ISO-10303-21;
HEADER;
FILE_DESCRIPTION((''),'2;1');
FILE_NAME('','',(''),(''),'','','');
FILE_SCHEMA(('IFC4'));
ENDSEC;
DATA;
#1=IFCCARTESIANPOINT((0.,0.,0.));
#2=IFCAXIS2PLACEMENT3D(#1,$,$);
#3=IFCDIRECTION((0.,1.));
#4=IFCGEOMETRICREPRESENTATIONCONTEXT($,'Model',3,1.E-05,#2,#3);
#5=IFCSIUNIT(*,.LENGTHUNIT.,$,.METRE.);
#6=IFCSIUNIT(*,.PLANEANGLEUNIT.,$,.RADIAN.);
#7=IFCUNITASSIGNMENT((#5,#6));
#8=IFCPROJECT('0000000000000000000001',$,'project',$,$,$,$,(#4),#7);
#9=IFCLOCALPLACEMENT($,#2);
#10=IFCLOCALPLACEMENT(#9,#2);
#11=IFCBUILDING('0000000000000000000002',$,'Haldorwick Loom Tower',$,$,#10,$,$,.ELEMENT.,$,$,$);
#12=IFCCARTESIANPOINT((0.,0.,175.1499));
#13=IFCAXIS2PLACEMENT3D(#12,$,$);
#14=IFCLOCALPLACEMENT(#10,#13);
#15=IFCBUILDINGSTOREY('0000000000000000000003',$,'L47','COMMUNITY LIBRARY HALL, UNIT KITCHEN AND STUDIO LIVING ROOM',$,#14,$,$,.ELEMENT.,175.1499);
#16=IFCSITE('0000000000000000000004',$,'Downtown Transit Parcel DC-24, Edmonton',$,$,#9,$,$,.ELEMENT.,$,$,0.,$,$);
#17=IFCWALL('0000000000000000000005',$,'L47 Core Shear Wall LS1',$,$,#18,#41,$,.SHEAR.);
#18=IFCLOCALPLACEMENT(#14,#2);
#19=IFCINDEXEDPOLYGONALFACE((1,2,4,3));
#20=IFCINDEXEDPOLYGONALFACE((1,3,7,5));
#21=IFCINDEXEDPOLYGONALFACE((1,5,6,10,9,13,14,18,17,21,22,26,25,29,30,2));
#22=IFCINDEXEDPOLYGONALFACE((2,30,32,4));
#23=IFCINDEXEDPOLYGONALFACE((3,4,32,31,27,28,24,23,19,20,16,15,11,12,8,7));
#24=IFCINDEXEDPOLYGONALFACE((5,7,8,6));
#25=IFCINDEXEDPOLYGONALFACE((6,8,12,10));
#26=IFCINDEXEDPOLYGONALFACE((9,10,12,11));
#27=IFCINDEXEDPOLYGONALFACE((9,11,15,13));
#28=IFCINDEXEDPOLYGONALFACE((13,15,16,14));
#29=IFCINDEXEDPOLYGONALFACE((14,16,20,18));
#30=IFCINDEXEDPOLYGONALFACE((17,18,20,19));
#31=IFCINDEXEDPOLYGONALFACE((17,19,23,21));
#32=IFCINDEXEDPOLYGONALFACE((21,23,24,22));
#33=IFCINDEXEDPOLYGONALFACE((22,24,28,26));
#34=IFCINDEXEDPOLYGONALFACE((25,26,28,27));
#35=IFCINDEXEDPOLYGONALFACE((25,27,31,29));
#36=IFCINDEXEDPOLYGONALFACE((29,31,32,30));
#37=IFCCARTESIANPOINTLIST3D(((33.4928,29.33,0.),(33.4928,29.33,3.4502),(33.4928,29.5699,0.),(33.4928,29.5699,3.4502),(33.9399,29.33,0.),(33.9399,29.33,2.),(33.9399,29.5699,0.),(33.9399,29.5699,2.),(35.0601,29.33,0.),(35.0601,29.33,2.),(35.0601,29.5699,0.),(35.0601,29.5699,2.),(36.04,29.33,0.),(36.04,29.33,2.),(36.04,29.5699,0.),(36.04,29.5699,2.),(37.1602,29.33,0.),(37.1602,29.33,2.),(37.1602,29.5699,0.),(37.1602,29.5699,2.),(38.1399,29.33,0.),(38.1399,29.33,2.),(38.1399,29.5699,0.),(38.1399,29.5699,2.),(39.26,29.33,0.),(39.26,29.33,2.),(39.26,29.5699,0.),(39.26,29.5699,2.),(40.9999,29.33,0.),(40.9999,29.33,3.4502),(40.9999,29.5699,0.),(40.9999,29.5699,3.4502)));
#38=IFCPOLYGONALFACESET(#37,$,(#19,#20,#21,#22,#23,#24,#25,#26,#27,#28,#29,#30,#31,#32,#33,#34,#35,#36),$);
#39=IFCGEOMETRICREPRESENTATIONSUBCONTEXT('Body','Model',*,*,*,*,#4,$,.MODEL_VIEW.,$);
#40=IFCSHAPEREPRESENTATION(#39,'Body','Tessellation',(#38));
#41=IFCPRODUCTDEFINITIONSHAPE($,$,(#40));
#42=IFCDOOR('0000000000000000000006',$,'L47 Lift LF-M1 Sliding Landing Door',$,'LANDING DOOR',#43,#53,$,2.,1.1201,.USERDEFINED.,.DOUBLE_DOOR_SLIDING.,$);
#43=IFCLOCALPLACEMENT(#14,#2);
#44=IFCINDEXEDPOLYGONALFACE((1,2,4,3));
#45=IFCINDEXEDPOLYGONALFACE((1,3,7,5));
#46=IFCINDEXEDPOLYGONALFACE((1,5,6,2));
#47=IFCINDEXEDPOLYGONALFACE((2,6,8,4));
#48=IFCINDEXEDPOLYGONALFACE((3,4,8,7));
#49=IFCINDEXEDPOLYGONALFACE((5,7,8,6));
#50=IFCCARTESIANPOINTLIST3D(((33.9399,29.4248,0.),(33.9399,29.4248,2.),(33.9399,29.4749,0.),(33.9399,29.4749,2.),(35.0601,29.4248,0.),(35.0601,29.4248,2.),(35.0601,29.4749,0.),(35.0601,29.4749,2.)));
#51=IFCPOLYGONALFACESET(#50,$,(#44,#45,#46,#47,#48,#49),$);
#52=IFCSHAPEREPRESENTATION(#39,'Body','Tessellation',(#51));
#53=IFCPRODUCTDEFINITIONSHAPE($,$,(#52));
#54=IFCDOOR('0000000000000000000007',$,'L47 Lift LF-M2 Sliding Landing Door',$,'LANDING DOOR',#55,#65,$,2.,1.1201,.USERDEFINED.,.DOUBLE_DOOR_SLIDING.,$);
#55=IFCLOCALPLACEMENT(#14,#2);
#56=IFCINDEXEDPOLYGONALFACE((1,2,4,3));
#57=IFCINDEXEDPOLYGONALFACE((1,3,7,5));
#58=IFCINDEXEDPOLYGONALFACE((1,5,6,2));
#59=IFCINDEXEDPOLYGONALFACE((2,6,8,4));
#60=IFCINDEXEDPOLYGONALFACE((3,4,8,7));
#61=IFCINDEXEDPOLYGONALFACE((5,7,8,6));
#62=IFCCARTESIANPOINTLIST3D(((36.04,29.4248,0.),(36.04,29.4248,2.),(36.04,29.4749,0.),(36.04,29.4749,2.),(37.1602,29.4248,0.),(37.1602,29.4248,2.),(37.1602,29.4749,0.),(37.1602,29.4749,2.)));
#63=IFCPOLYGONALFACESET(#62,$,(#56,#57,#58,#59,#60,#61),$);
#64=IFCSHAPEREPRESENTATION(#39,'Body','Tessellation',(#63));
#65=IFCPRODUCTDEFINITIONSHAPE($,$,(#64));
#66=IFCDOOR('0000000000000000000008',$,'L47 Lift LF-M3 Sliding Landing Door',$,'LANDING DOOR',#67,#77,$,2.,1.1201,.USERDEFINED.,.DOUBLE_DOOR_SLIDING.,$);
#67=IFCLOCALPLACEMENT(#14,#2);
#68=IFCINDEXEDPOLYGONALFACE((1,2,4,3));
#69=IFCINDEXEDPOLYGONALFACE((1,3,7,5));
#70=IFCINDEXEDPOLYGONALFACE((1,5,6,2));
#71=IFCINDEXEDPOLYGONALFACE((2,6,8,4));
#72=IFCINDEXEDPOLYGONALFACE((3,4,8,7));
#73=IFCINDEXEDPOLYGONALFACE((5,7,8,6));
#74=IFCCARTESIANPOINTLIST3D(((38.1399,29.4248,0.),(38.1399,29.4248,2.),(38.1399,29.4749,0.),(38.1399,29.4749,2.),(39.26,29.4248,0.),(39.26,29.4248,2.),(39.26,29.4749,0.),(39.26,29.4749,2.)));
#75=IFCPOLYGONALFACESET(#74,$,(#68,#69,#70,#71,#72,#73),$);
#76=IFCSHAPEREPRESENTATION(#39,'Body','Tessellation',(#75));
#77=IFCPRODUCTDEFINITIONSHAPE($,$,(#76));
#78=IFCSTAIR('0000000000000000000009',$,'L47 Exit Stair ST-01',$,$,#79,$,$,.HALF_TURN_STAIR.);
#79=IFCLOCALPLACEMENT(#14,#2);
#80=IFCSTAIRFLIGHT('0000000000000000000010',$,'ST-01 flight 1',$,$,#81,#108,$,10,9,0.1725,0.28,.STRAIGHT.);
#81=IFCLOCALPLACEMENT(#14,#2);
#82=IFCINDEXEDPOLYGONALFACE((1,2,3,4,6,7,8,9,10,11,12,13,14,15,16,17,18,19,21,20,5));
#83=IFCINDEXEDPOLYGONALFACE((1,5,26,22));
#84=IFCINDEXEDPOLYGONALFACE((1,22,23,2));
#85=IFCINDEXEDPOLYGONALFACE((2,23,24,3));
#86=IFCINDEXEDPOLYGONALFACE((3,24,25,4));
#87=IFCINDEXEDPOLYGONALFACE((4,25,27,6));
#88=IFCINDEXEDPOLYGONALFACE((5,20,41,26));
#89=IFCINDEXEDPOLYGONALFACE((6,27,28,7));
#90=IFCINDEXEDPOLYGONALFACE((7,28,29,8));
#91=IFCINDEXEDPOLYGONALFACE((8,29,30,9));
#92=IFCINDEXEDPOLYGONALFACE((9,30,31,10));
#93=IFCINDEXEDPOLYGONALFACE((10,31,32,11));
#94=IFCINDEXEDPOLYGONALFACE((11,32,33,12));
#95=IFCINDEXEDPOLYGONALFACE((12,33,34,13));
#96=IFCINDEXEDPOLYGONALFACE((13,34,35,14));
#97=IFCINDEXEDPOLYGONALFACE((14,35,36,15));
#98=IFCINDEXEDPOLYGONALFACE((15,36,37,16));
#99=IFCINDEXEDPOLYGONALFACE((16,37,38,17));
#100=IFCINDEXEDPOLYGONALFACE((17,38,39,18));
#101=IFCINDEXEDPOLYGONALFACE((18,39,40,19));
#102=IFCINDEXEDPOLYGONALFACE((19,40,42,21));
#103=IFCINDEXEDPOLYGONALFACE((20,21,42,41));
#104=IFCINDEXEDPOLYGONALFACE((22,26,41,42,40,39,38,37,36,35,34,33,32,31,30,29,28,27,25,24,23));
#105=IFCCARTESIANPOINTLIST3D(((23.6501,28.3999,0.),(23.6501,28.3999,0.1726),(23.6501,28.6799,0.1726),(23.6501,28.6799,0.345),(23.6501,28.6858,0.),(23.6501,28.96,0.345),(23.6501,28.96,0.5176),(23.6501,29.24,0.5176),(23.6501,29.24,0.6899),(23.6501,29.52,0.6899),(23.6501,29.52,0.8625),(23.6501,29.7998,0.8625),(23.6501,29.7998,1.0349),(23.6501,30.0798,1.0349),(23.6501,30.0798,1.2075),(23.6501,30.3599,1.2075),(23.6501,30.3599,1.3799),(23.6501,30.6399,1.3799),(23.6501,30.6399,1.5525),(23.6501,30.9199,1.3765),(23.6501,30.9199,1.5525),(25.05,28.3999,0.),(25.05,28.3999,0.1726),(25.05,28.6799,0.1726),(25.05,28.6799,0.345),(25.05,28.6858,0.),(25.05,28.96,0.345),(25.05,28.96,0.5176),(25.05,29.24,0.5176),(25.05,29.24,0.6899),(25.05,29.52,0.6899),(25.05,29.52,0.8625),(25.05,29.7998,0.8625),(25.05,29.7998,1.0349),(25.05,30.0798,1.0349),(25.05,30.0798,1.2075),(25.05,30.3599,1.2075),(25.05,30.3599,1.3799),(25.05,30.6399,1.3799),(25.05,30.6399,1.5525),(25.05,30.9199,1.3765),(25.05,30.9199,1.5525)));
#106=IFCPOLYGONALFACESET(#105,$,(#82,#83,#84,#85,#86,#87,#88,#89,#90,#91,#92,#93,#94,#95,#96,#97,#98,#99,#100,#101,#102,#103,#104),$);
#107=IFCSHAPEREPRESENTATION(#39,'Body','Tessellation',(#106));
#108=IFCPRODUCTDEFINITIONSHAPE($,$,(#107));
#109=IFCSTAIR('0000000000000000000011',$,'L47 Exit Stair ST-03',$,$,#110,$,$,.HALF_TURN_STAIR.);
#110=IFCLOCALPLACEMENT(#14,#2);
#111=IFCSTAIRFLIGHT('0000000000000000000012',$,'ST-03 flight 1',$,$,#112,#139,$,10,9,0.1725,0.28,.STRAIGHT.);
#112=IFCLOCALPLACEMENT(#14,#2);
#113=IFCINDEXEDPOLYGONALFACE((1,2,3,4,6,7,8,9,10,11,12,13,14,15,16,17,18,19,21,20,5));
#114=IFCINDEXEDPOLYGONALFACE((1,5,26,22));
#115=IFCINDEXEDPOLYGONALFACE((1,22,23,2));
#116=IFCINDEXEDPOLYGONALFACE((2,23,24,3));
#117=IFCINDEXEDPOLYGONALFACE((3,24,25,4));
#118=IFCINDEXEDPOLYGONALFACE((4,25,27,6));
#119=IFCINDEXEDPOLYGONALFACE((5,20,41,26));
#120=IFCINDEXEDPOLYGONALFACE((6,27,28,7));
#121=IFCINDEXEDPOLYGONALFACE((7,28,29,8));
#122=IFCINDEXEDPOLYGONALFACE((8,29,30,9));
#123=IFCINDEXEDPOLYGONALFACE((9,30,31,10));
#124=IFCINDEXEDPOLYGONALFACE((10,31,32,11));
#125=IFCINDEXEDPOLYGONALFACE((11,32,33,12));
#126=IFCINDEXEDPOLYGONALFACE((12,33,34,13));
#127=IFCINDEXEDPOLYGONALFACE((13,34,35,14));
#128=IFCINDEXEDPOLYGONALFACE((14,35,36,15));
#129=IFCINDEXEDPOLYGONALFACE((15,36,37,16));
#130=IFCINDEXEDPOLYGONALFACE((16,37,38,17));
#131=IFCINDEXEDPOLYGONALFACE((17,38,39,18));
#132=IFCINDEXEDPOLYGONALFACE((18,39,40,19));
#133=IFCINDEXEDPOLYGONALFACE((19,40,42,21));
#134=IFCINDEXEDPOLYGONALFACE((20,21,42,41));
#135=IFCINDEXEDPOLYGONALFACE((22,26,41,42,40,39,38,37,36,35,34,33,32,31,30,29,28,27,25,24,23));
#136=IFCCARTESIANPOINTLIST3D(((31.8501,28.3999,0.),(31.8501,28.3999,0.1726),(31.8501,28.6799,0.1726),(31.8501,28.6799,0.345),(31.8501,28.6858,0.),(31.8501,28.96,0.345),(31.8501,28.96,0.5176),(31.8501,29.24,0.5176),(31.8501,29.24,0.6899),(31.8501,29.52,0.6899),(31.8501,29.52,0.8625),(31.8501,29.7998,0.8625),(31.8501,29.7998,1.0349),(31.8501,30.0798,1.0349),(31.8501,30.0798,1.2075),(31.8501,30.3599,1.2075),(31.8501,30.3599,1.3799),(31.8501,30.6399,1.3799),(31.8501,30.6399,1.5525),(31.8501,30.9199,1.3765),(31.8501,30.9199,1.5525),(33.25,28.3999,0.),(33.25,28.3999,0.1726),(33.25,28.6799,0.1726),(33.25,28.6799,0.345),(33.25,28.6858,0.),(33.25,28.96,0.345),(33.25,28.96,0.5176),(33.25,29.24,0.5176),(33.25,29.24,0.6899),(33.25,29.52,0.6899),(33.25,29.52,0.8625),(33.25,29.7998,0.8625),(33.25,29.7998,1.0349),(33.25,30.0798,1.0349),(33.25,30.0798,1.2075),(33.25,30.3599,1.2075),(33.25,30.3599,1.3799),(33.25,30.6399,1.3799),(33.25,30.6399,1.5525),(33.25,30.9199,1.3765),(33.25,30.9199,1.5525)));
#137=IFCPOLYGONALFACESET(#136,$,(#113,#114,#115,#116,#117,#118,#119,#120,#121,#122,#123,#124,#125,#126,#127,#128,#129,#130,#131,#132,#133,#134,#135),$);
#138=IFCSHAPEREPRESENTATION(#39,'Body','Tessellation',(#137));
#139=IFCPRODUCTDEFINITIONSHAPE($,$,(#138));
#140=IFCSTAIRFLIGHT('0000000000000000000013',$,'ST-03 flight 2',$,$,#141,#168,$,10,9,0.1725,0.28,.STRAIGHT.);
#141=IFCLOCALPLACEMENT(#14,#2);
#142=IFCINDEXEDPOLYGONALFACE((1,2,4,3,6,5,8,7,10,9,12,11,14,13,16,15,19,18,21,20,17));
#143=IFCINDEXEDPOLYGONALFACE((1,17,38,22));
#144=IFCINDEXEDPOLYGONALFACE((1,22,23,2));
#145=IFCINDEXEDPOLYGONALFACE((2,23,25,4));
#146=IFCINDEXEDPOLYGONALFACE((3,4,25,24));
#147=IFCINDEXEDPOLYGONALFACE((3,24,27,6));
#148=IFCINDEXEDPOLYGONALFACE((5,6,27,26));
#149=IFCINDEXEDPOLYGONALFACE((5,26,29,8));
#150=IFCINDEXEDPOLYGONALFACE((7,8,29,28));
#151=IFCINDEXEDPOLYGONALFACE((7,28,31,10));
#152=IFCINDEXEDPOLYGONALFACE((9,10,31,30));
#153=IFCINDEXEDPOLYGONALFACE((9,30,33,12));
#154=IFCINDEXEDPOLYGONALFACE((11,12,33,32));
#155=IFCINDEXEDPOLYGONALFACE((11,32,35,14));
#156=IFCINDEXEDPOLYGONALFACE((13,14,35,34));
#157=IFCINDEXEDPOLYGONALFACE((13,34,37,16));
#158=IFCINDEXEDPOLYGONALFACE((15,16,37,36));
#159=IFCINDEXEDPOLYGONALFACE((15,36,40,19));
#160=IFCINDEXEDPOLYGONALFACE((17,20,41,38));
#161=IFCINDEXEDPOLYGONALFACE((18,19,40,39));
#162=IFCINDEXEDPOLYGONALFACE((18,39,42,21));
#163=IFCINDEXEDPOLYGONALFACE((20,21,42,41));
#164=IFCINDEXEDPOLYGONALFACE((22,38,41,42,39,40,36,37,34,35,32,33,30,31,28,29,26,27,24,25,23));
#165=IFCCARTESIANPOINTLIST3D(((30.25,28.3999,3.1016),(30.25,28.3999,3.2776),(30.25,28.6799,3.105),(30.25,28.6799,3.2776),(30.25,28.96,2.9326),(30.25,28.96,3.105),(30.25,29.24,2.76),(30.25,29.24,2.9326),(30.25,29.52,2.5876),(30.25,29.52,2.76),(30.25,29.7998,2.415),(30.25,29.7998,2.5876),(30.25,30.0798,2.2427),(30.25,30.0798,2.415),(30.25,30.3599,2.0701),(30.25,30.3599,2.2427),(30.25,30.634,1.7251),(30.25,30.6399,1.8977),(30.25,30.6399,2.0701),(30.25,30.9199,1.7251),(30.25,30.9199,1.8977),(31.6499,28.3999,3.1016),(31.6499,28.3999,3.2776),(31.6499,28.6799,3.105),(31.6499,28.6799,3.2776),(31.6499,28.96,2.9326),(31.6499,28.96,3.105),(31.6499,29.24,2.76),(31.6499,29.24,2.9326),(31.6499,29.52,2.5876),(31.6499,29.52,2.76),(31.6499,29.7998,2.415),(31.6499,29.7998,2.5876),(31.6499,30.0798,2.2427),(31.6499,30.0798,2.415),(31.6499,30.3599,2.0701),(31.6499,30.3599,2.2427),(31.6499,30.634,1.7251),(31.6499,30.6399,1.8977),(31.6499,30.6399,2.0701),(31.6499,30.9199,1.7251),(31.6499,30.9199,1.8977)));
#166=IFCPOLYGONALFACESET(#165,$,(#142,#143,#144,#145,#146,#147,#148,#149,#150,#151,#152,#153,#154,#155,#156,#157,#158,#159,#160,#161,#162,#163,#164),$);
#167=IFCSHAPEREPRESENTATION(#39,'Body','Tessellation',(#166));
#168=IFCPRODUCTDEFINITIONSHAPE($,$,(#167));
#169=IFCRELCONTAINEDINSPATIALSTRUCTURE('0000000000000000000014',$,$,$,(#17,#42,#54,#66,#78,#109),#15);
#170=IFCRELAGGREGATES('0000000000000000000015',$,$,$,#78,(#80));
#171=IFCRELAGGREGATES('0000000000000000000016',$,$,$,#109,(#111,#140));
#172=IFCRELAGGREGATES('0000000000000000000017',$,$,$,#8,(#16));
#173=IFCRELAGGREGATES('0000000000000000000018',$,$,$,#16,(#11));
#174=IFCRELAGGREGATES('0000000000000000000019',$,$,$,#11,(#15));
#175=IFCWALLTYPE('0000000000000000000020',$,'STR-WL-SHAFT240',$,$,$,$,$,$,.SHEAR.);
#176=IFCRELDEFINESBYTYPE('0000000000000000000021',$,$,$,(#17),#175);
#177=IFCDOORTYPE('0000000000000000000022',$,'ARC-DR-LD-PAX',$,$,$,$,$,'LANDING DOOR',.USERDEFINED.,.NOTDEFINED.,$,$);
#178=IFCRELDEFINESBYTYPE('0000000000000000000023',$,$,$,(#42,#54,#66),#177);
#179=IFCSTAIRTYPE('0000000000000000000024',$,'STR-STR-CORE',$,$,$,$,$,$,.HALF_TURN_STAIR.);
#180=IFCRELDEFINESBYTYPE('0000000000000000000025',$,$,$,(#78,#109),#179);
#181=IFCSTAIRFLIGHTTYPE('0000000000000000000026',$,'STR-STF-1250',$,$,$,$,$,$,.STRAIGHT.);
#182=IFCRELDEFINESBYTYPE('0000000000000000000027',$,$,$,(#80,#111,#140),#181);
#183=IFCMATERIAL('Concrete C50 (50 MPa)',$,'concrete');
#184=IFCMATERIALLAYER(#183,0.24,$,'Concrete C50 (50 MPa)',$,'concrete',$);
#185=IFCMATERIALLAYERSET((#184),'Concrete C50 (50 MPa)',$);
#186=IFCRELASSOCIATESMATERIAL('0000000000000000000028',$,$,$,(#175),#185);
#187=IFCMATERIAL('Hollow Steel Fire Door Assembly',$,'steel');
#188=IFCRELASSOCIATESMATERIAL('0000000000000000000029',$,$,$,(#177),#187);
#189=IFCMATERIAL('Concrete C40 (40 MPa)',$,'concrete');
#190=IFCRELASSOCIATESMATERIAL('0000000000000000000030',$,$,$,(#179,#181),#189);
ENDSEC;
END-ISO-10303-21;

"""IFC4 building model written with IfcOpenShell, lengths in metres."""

from ifc_helpers import new_model, si_unit, direction, frame, frame_2d, origin, place, context, subcontext, project, spatial, polyline, rectangle, outline, extrude, material, layer, layer_set, type_object, element, fill, aggregate, save


model = new_model("IFC4")

# Units and contexts
model_context = context("Model", 3, precision=1e-05, world=origin(), true_north=direction((0.0, 1.0)))
body_context = subcontext(model_context, "Body", "Model", "MODEL_VIEW")
ifc_project = project(units=[si_unit("LENGTHUNIT", "METRE"), si_unit("PLANEANGLEUNIT", "RADIAN")], contexts=[model_context])

# Site, building, storey
site_placement = place(None, origin())
site = spatial("IfcSite", under=ifc_project, at=site_placement, Name="Downtown Transit Parcel DC-24, Edmonton", CompositionType="ELEMENT", RefElevation=0.0)
building_placement = place(site_placement, origin())
building = spatial("IfcBuilding", under=site, at=building_placement, Name="Haldorwick Loom Tower", CompositionType="ELEMENT")
storey_placement = place(building_placement, frame((0.0, 0.0, 175.1499)))
storey = spatial("IfcBuildingStorey", under=building, at=storey_placement, Name="L47", Description="COMMUNITY LIBRARY HALL, UNIT KITCHEN AND STUDIO LIVING ROOM", CompositionType="ELEMENT", Elevation=175.1499)

# Shared definitions
ifc_material_1 = material(Name="Concrete C50 (50 MPa)", Category="concrete")
ifc_layer_1 = layer(ifc_material_1, 0.24, Name="Concrete C50 (50 MPa)", Category="concrete")
ifc_layer_set_1 = layer_set([ifc_layer_1], Name="Concrete C50 (50 MPa)")
wall_type_1 = type_object("IfcWallType", Name="STR-WL-SHAFT240", PredefinedType="SHEAR", material=ifc_layer_set_1)

# Shared definitions
ifc_material_2 = material(Name="Hollow Steel Fire Door Assembly", Category="steel")

# Wall, openings, doors
wall_1_placement = place(storey_placement, frame((33.4929, 29.45, 0.0), z_axis=(0.0, 0.0, 1.0), x_axis=(1.0, 0.0, 0.0)))
wall_1 = element("IfcWall", 1, at=wall_1_placement, inside=storey, type_object=wall_type_1, Name="L47 Core Shear Wall LS1", PredefinedType="SHEAR", context=body_context, shape_type="SweptSolid", body=[
    extrude(rectangle(XDim=7.5071, YDim=0.24, at=frame_2d((3.7534, 0.0))), origin(), (0.0, 0.0, 1.0), 3.4502),
])
opening_1_placement = place(wall_1_placement, frame((0.447, 0.0, 0.0)))
opening_1 = element("IfcOpeningElement", 2, at=opening_1_placement, cuts=wall_1, PredefinedType="OPENING", context=body_context, shape_type="SweptSolid", body=[
    extrude(rectangle(XDim=1.1201, YDim=2.0, at=frame_2d((0.5601, 1.0))), frame((0.0, 0.1299, 0.0), z_axis=(0.0, -1.0, 0.0), x_axis=(1.0, 0.0, 0.0)), (0.0, 0.0, 1.0), 0.26),
])
opening_2_placement = place(wall_1_placement, frame((2.5471, 0.0, 0.0)))
opening_2 = element("IfcOpeningElement", 3, at=opening_2_placement, cuts=wall_1, PredefinedType="OPENING", context=body_context, shape_type="SweptSolid", body=[
    extrude(rectangle(XDim=1.1201, YDim=2.0, at=frame_2d((0.5601, 1.0))), frame((0.0, 0.1299, 0.0), z_axis=(0.0, -1.0, 0.0), x_axis=(1.0, 0.0, 0.0)), (0.0, 0.0, 1.0), 0.26),
])
opening_3_placement = place(wall_1_placement, frame((4.647, 0.0, 0.0)))
opening_3 = element("IfcOpeningElement", 4, at=opening_3_placement, cuts=wall_1, PredefinedType="OPENING", context=body_context, shape_type="SweptSolid", body=[
    extrude(rectangle(XDim=1.1201, YDim=2.0, at=frame_2d((0.5601, 1.0))), frame((0.0, 0.1299, 0.0), z_axis=(0.0, -1.0, 0.0), x_axis=(1.0, 0.0, 0.0)), (0.0, 0.0, 1.0), 0.26),
])
door_type_1 = type_object("IfcDoorType", Name="ARC-DR-LD-PAX", ElementType="LANDING DOOR", OperationType="NOTDEFINED", PredefinedType="USERDEFINED", material=ifc_material_2)
door_1_placement = place(opening_1_placement, origin())
door_1 = element("IfcDoor", 5, at=door_1_placement, inside=storey, type_object=door_type_1, Name="L47 Lift LF-M1 Sliding Landing Door", ObjectType="LANDING DOOR", OperationType="DOUBLE_DOOR_SLIDING", OverallHeight=2.0, OverallWidth=1.1201, PredefinedType="USERDEFINED", context=body_context, shape_type="SweptSolid", body=[
    extrude(rectangle(XDim=1.1201, YDim=2.0, at=frame_2d((0.5601, 1.0))), frame((0.0, 0.0249, 0.0), z_axis=(0.0, -1.0, 0.0), x_axis=(1.0, 0.0, 0.0)), (0.0, 0.0, 1.0), 0.05),
])
fill(opening_1, door_1)
door_2_placement = place(opening_2_placement, origin())
door_2 = element("IfcDoor", 6, at=door_2_placement, inside=storey, type_object=door_type_1, Name="L47 Lift LF-M2 Sliding Landing Door", ObjectType="LANDING DOOR", OperationType="DOUBLE_DOOR_SLIDING", OverallHeight=2.0, OverallWidth=1.1201, PredefinedType="USERDEFINED", context=body_context, shape_type="SweptSolid", body=[
    extrude(rectangle(XDim=1.1201, YDim=2.0, at=frame_2d((0.5601, 1.0))), frame((0.0, 0.0249, 0.0), z_axis=(0.0, -1.0, 0.0), x_axis=(1.0, 0.0, 0.0)), (0.0, 0.0, 1.0), 0.05),
])
fill(opening_2, door_2)
door_3_placement = place(opening_3_placement, origin())
door_3 = element("IfcDoor", 7, at=door_3_placement, inside=storey, type_object=door_type_1, Name="L47 Lift LF-M3 Sliding Landing Door", ObjectType="LANDING DOOR", OperationType="DOUBLE_DOOR_SLIDING", OverallHeight=2.0, OverallWidth=1.1201, PredefinedType="USERDEFINED", context=body_context, shape_type="SweptSolid", body=[
    extrude(rectangle(XDim=1.1201, YDim=2.0, at=frame_2d((0.5601, 1.0))), frame((0.0, 0.0249, 0.0), z_axis=(0.0, -1.0, 0.0), x_axis=(1.0, 0.0, 0.0)), (0.0, 0.0, 1.0), 0.05),
])
fill(opening_3, door_3)

# Stair, stair flight
ifc_material_3 = material(Name="Concrete C40 (40 MPa)", Category="concrete")
stair_type = type_object("IfcStairType", Name="STR-STR-CORE", PredefinedType="HALF_TURN_STAIR", material=ifc_material_3)
stair_1_placement = place(storey_placement, origin())
stair_1 = element("IfcStair", 8, at=stair_1_placement, inside=storey, type_object=stair_type, Name="L47 Exit Stair ST-01", PredefinedType="HALF_TURN_STAIR")
stair_flight_type = type_object("IfcStairFlightType", Name="STR-STF-1250", PredefinedType="STRAIGHT", material=ifc_material_3)
stair_flight_1_placement = place(storey_placement, frame((24.3501, 28.3999, 0.0), z_axis=(0.0, 0.0, 1.0), x_axis=(0.0, 1.0, 0.0)))
stair_flight_1 = element("IfcStairFlight", 9, at=stair_flight_1_placement, type_object=stair_flight_type, Name="ST-01 flight 1", NumberOfRisers=10, NumberOfTreads=9, PredefinedType="STRAIGHT", RiserHeight=0.1725, TreadLength=0.28, context=body_context, shape_type="SweptSolid", body=[
    extrude(outline(polyline([(0.0, 0.0), (0.0, 0.1726), (0.28, 0.1726), (0.28, 0.345), (0.5601, 0.345), (0.5601, 0.5176), (0.8401, 0.5176), (0.8401, 0.6899), (1.1201, 0.6899), (1.1201, 0.8625), (1.3999, 0.8625), (1.3999, 1.0349), (1.6799, 1.0349), (1.6799, 1.2075), (1.96, 1.2075), (1.96, 1.3799), (2.24, 1.3799), (2.24, 1.5525), (2.52, 1.5525), (2.52, 1.7251), (2.52, 1.3765), (0.2859, 0.0), (0.0, 0.0)])), frame((0.0, 0.7, 0.0), z_axis=(0.0, -1.0, 0.0), x_axis=(1.0, 0.0, 0.0)), (0.0, 0.0, 1.0), 1.3999),
])
aggregate(stair_1, [stair_flight_1])

# Stair, stair flights
stair_2_placement = place(storey_placement, origin())
stair_2 = element("IfcStair", 10, at=stair_2_placement, inside=storey, type_object=stair_type, Name="L47 Exit Stair ST-03", PredefinedType="HALF_TURN_STAIR")
stair_flight_2_placement = place(storey_placement, frame((32.55, 28.3999, 0.0), z_axis=(0.0, 0.0, 1.0), x_axis=(0.0, 1.0, 0.0)))
stair_flight_2 = element("IfcStairFlight", 11, at=stair_flight_2_placement, type_object=stair_flight_type, Name="ST-03 flight 1", NumberOfRisers=10, NumberOfTreads=9, PredefinedType="STRAIGHT", RiserHeight=0.1725, TreadLength=0.28, context=body_context, shape_type="SweptSolid", body=[
    extrude(outline(polyline([(0.0, 0.0), (0.0, 0.1726), (0.28, 0.1726), (0.28, 0.345), (0.5601, 0.345), (0.5601, 0.5176), (0.8401, 0.5176), (0.8401, 0.6899), (1.1201, 0.6899), (1.1201, 0.8625), (1.3999, 0.8625), (1.3999, 1.0349), (1.6799, 1.0349), (1.6799, 1.2075), (1.96, 1.2075), (1.96, 1.3799), (2.24, 1.3799), (2.24, 1.5525), (2.52, 1.5525), (2.52, 1.7251), (2.52, 1.3765), (0.2859, 0.0), (0.0, 0.0)])), frame((0.0, 0.7, 0.0), z_axis=(0.0, -1.0, 0.0), x_axis=(1.0, 0.0, 0.0)), (0.0, 0.0, 1.0), 1.3999),
])
stair_flight_3_placement = place(storey_placement, frame((30.95, 30.9199, 1.7251), z_axis=(0.0, 0.0, 1.0), x_axis=(0.0, -1.0, 0.0)))
stair_flight_3 = element("IfcStairFlight", 12, at=stair_flight_3_placement, type_object=stair_flight_type, Name="ST-03 flight 2", NumberOfRisers=10, NumberOfTreads=9, PredefinedType="STRAIGHT", RiserHeight=0.1725, TreadLength=0.28, context=body_context, shape_type="SweptSolid", body=[
    extrude(outline(polyline([(0.0, 0.0), (0.0, 0.1726), (0.28, 0.1726), (0.28, 0.345), (0.5601, 0.345), (0.5601, 0.5176), (0.8401, 0.5176), (0.8401, 0.6899), (1.1201, 0.6899), (1.1201, 0.8625), (1.3999, 0.8625), (1.3999, 1.0349), (1.6799, 1.0349), (1.6799, 1.2075), (1.96, 1.2075), (1.96, 1.3799), (2.24, 1.3799), (2.24, 1.5525), (2.52, 1.5525), (2.52, 1.7251), (2.52, 1.3765), (0.2859, 0.0), (0.0, 0.0)])), frame((0.0, 0.7, 0.0), z_axis=(0.0, -1.0, 0.0), x_axis=(1.0, 0.0, 0.0)), (0.0, 0.0, 1.0), 1.3999),
])
aggregate(stair_2, [stair_flight_2, stair_flight_3])

save(model, "model.ifc")
